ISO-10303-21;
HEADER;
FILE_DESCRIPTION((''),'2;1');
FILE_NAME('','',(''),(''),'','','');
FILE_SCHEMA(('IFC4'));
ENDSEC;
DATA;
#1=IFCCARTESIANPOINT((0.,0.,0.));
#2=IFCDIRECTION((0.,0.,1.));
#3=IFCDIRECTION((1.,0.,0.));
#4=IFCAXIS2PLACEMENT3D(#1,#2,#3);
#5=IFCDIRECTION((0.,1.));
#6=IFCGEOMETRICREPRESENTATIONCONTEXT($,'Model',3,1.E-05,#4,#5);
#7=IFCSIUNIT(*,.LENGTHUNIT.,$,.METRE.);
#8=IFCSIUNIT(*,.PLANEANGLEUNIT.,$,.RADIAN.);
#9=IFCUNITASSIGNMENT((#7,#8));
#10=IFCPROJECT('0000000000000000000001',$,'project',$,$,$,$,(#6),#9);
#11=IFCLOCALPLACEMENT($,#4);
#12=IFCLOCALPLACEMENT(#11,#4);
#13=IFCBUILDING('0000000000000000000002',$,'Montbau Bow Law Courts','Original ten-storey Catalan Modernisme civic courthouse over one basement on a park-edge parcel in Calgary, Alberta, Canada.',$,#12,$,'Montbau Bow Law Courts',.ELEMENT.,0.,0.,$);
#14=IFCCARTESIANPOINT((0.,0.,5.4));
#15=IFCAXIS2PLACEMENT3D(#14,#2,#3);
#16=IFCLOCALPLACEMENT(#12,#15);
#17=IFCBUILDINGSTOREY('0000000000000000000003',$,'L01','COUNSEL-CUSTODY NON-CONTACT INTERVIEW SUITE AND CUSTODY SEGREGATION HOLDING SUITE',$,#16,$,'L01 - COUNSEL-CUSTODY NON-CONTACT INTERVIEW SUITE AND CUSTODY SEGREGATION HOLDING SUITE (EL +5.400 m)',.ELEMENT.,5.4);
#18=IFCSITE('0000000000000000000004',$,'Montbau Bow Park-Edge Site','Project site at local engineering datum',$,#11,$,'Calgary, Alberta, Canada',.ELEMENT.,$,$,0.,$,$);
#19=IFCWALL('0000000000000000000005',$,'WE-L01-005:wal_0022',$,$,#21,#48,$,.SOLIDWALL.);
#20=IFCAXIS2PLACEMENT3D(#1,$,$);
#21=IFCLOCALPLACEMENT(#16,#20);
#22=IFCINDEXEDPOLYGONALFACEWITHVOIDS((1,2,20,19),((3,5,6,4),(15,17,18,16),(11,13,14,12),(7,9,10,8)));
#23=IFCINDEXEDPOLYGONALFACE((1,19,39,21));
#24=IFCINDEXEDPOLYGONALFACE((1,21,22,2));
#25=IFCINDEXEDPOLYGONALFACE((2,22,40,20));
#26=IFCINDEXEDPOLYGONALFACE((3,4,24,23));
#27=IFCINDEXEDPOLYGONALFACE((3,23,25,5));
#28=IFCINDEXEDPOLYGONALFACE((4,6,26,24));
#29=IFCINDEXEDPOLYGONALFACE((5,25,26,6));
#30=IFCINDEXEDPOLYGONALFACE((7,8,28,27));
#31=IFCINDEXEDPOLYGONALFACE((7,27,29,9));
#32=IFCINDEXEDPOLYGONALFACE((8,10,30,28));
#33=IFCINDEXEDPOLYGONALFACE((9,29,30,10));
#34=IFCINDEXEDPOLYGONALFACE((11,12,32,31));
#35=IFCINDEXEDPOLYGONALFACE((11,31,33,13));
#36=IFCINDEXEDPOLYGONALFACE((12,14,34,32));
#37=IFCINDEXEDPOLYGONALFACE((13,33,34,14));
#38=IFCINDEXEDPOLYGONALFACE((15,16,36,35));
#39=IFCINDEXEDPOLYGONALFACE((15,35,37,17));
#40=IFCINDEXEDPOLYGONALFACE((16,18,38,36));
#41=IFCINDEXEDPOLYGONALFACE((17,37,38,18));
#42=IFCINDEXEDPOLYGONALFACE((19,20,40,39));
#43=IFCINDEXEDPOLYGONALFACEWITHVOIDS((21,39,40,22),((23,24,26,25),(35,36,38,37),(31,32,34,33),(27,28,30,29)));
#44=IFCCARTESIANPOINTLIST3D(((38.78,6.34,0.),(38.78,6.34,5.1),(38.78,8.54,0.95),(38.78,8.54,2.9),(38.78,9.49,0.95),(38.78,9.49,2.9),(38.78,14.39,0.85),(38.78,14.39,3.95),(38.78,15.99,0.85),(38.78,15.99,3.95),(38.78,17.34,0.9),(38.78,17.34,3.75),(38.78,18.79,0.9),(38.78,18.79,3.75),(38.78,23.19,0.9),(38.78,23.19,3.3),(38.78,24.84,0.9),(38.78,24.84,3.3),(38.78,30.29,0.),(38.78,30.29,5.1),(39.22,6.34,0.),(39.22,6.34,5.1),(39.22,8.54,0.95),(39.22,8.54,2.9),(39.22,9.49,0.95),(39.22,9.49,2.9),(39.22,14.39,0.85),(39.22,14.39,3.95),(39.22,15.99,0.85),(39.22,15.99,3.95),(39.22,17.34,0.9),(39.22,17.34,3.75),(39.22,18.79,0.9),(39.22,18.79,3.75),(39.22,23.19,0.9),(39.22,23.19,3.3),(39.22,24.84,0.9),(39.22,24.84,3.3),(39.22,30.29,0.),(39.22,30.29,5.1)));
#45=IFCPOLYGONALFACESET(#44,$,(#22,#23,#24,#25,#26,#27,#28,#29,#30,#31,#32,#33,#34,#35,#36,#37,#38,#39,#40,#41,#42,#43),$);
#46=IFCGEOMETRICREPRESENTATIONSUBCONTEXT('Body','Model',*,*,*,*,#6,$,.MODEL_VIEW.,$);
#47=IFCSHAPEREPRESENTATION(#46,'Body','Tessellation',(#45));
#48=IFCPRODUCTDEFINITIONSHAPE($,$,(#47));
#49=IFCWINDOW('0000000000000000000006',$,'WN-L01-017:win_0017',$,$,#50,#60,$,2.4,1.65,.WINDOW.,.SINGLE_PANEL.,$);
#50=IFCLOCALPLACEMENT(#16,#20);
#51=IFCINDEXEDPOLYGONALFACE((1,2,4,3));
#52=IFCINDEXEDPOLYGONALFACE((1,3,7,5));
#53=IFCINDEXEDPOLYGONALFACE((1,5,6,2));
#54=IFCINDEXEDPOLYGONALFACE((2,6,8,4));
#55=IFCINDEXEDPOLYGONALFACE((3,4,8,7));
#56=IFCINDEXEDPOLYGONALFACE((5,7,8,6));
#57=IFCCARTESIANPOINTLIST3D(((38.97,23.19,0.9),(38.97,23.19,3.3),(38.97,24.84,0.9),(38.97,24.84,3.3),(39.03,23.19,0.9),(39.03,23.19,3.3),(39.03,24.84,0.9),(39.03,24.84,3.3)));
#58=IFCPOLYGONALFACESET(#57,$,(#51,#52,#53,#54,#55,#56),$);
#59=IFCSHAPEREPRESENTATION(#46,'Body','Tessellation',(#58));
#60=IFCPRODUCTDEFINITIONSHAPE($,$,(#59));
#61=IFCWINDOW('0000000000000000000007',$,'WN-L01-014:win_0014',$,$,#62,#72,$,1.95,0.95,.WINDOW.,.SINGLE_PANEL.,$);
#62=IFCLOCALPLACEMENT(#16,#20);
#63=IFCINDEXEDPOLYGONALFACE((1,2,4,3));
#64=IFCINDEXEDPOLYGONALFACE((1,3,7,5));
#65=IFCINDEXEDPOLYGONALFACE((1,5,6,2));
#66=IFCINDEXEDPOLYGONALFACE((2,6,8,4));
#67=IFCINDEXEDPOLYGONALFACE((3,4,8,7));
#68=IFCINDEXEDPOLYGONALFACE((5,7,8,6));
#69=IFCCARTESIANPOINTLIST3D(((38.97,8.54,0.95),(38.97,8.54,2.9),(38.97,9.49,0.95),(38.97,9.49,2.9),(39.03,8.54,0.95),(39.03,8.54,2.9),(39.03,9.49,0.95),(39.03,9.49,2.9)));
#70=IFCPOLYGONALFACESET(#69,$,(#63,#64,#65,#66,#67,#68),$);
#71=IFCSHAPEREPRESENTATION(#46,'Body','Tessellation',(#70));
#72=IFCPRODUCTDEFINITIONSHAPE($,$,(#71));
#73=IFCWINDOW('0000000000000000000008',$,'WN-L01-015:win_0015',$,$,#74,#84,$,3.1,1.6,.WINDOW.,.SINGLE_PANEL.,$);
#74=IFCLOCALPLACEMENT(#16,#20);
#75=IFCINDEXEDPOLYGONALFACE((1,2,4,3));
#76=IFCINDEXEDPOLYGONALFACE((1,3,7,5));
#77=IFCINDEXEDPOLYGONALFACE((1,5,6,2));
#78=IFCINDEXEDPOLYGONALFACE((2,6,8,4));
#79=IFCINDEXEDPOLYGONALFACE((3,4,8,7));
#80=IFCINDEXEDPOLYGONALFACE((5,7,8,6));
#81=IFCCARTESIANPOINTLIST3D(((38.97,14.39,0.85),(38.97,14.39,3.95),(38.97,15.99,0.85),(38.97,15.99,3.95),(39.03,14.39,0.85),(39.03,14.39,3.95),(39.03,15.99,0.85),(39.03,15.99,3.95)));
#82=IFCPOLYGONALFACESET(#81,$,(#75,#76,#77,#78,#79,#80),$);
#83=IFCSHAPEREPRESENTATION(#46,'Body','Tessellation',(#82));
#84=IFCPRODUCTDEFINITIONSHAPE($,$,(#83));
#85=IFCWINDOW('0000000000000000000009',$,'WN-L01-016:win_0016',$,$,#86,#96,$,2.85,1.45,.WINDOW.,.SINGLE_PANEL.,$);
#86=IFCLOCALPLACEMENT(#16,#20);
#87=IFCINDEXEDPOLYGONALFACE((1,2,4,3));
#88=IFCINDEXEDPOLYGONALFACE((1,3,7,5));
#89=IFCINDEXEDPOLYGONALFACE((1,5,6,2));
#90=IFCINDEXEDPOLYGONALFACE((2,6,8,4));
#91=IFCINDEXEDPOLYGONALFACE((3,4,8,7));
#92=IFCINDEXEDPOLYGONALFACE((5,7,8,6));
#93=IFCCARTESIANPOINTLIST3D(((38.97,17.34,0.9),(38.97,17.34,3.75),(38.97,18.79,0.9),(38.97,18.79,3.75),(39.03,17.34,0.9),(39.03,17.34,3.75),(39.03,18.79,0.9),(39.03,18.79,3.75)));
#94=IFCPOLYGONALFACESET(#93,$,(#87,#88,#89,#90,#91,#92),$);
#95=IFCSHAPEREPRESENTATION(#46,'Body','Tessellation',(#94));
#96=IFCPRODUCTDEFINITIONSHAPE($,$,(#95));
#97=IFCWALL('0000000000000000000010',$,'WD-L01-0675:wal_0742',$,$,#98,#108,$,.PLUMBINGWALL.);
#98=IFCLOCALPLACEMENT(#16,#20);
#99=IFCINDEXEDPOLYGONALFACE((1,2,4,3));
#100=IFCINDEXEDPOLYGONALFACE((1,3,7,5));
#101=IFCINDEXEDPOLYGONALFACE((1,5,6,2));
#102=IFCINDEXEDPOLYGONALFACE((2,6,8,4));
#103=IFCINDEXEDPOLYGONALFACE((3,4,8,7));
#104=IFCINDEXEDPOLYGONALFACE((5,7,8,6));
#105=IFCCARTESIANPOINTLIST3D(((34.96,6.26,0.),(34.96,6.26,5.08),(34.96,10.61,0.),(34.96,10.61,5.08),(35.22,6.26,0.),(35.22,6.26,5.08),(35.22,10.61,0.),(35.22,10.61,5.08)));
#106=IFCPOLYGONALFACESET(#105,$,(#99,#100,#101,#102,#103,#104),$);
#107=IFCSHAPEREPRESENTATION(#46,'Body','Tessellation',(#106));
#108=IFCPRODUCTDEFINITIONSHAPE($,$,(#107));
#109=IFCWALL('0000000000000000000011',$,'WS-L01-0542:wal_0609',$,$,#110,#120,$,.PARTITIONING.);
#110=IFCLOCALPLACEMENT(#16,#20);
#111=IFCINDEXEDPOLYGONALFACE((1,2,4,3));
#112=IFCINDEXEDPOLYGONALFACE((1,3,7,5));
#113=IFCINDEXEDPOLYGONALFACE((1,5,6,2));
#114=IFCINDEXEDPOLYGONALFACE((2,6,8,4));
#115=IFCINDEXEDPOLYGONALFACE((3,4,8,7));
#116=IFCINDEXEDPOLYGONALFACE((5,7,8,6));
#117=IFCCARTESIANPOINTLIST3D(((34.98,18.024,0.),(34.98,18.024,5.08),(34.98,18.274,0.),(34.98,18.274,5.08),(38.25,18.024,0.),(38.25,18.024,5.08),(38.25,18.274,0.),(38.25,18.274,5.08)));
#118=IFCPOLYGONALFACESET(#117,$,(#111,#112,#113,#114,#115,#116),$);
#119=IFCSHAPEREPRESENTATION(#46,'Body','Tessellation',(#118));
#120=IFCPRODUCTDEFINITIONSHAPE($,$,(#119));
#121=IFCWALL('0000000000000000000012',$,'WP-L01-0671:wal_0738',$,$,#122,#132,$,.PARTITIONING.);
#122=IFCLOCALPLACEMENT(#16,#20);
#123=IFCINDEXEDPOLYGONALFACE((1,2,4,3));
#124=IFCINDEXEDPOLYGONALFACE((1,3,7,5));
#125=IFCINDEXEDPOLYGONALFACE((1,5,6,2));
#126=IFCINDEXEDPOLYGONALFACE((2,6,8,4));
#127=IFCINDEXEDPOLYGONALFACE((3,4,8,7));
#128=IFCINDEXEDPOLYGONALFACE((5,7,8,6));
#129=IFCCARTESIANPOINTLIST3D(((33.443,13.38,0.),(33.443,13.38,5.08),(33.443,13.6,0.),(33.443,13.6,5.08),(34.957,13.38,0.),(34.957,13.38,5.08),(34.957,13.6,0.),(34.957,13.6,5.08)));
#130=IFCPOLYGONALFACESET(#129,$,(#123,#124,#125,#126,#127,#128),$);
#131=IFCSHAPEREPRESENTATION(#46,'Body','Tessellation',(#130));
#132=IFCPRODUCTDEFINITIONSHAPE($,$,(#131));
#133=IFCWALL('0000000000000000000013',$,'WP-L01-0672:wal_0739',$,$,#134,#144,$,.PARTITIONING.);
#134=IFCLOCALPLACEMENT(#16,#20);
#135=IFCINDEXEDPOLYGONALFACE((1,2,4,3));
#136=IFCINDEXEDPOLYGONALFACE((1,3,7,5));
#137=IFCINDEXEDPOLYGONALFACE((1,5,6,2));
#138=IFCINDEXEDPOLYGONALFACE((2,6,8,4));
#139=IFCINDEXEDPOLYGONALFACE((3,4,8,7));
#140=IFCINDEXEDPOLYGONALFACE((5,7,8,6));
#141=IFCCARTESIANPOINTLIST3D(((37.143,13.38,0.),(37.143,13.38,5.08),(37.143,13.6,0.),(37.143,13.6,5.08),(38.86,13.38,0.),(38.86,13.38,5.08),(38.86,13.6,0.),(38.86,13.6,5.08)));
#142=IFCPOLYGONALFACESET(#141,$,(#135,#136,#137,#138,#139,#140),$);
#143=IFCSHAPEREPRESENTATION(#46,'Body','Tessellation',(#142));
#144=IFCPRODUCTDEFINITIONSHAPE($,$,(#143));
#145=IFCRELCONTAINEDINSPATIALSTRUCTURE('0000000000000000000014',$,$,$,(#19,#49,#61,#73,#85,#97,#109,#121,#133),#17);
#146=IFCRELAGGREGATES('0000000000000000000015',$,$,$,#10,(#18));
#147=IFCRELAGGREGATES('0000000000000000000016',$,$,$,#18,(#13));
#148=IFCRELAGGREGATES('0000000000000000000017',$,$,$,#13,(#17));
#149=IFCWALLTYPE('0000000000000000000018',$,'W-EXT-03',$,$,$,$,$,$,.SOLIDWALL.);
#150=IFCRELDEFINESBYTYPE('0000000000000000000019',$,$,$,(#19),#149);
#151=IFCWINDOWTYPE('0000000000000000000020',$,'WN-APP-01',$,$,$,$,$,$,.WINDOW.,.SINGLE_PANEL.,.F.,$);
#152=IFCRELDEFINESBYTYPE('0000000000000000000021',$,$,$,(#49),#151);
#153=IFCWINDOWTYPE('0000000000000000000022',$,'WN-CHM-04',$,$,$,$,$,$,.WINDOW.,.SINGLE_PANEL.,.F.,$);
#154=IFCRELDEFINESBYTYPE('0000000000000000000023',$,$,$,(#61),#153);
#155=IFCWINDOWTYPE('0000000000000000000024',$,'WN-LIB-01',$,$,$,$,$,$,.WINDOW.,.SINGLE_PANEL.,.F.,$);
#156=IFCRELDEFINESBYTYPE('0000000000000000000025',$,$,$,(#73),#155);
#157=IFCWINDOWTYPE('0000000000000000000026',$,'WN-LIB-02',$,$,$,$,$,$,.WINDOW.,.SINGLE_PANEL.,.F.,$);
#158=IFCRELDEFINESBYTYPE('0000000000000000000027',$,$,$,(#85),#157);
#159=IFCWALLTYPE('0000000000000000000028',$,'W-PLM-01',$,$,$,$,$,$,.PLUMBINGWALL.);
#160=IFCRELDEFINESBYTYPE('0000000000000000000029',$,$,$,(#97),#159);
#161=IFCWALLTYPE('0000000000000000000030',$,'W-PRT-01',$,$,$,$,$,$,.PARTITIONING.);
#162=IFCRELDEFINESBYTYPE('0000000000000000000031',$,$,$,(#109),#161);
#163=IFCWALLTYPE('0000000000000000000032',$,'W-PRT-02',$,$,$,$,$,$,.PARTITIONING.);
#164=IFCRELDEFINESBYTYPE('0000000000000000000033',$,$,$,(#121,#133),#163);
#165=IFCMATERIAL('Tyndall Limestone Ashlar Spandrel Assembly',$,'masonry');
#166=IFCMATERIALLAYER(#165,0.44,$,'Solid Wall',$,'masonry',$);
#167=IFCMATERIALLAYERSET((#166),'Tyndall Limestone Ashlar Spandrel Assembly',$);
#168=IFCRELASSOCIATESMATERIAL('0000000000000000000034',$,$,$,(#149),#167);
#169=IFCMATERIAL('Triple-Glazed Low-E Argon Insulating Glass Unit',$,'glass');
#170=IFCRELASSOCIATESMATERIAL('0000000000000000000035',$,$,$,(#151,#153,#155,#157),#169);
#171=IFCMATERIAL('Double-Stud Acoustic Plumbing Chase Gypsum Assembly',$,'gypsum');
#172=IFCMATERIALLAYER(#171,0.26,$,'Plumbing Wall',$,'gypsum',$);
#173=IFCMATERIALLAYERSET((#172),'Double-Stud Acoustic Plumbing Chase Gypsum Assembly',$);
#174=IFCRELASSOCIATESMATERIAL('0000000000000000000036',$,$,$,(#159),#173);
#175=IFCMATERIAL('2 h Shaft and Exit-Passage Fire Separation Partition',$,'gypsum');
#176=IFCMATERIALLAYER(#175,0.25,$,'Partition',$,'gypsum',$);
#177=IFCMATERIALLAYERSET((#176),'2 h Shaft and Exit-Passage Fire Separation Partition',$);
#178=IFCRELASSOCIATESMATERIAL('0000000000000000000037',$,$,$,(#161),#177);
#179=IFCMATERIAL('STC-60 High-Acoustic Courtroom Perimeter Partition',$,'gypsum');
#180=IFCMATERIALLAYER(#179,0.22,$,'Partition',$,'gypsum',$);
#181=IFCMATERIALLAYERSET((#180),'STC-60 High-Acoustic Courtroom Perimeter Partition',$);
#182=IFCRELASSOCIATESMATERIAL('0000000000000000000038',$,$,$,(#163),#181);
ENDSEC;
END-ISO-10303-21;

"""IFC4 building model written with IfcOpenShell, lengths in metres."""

from ifc_helpers import new_model, si_unit, direction, frame, frame_2d, origin_with_axes, place, context, subcontext, project, spatial, rectangle, extrude, material, layer, layer_set, type_object, element, fill, save


model = new_model("IFC4")

# Units and contexts
model_context = context("Model", 3, precision=1e-05, world=origin_with_axes(), true_north=direction((0.0, 1.0)))
body_context = subcontext(model_context, "Body", "Model", "MODEL_VIEW")
ifc_project = project(units=[si_unit("LENGTHUNIT", "METRE"), si_unit("PLANEANGLEUNIT", "RADIAN")], contexts=[model_context])

# Site, building, storey
site_placement = place(None, origin_with_axes())
site = spatial("IfcSite", under=ifc_project, at=site_placement, Name="Montbau Bow Park-Edge Site", Description="Project site at local engineering datum", LongName="Calgary, Alberta, Canada", CompositionType="ELEMENT", RefElevation=0.0)
building_placement = place(site_placement, origin_with_axes())
building = spatial("IfcBuilding", under=site, at=building_placement, Name="Montbau Bow Law Courts", Description="Original ten-storey Catalan Modernisme civic courthouse over one basement on a park-edge parcel in Calgary, Alberta, Canada.", LongName="Montbau Bow Law Courts", CompositionType="ELEMENT", ElevationOfRefHeight=0.0, ElevationOfTerrain=0.0)
storey_placement = place(building_placement, frame((0.0, 0.0, 5.4), z_axis=(0.0, 0.0, 1.0), x_axis=(1.0, 0.0, 0.0)))
storey = spatial("IfcBuildingStorey", under=building, at=storey_placement, Name="L01", Description="COUNSEL-CUSTODY NON-CONTACT INTERVIEW SUITE AND CUSTODY SEGREGATION HOLDING SUITE", LongName="L01 - COUNSEL-CUSTODY NON-CONTACT INTERVIEW SUITE AND CUSTODY SEGREGATION HOLDING SUITE (EL +5.400 m)", CompositionType="ELEMENT", Elevation=5.4)

# Wall, openings, windows
ifc_material_1 = material(Name="Tyndall Limestone Ashlar Spandrel Assembly", Category="masonry")
ifc_layer_1 = layer(ifc_material_1, 0.44, Name="Solid Wall", Category="masonry")
ifc_layer_set_1 = layer_set([ifc_layer_1], Name="Tyndall Limestone Ashlar Spandrel Assembly")
wall_type_1 = type_object("IfcWallType", Name="W-EXT-03", PredefinedType="SOLIDWALL", material=ifc_layer_set_1)
wall_1_placement = place(None, frame((39.0, 6.34, 5.4), z_axis=(0.0, 0.0, 1.0), x_axis=(0.0, 1.0, 0.0)))
wall_1 = element("IfcWall", 1, at=wall_1_placement, inside=storey, type_object=wall_type_1, Name="WE-L01-005:wal_0022", PredefinedType="SOLIDWALL", context=body_context, shape_type="SweptSolid", body=[
    extrude(rectangle(XDim=23.95, YDim=0.44, at=frame_2d((11.975, 0.0), x_axis=(1.0, 0.0))), origin_with_axes(), (0.0, 0.0, 1.0), 5.1),
])
opening_1_placement = place(None, frame((39.0, 9.015, 6.35), z_axis=(0.0, 0.0, 1.0), x_axis=(0.0, 1.0, 0.0)))
opening_1 = element("IfcOpeningElement", 2, at=opening_1_placement, cuts=wall_1, PredefinedType="OPENING", context=body_context, shape_type="SweptSolid", body=[
    extrude(rectangle(XDim=0.95, YDim=1.95, at=frame_2d((0.0, 0.975), x_axis=(1.0, 0.0))), frame((0.0, 0.23, 0.0), z_axis=(0.0, -1.0, 0.0), x_axis=(1.0, 0.0, 0.0)), (0.0, 0.0, 1.0), 0.46),
])
opening_2_placement = place(None, frame((39.0, 15.19, 6.25), z_axis=(0.0, 0.0, 1.0), x_axis=(0.0, 1.0, 0.0)))
opening_2 = element("IfcOpeningElement", 3, at=opening_2_placement, cuts=wall_1, PredefinedType="OPENING", context=body_context, shape_type="SweptSolid", body=[
    extrude(rectangle(XDim=1.6, YDim=3.1, at=frame_2d((0.0, 1.55), x_axis=(1.0, 0.0))), frame((0.0, 0.23, 0.0), z_axis=(0.0, -1.0, 0.0), x_axis=(1.0, 0.0, 0.0)), (0.0, 0.0, 1.0), 0.46),
])
opening_3_placement = place(None, frame((39.0, 18.065, 6.3), z_axis=(0.0, 0.0, 1.0), x_axis=(0.0, 1.0, 0.0)))
opening_3 = element("IfcOpeningElement", 4, at=opening_3_placement, cuts=wall_1, PredefinedType="OPENING", context=body_context, shape_type="SweptSolid", body=[
    extrude(rectangle(XDim=1.45, YDim=2.85, at=frame_2d((0.0, 1.425), x_axis=(1.0, 0.0))), frame((0.0, 0.23, 0.0), z_axis=(0.0, -1.0, 0.0), x_axis=(1.0, 0.0, 0.0)), (0.0, 0.0, 1.0), 0.46),
])
opening_4_placement = place(None, frame((39.0, 24.015, 6.3), z_axis=(0.0, 0.0, 1.0), x_axis=(0.0, 1.0, 0.0)))
opening_4 = element("IfcOpeningElement", 5, at=opening_4_placement, cuts=wall_1, PredefinedType="OPENING", context=body_context, shape_type="SweptSolid", body=[
    extrude(rectangle(XDim=1.65, YDim=2.4, at=frame_2d((0.0, 1.2), x_axis=(1.0, 0.0))), frame((0.0, 0.23, 0.0), z_axis=(0.0, -1.0, 0.0), x_axis=(1.0, 0.0, 0.0)), (0.0, 0.0, 1.0), 0.46),
])
ifc_material_2 = material(Name="Triple-Glazed Low-E Argon Insulating Glass Unit", Category="glass")
window_type_1 = type_object("IfcWindowType", Name="WN-APP-01", ParameterTakesPrecedence=False, PartitioningType="SINGLE_PANEL", PredefinedType="WINDOW", material=ifc_material_2)
window_1_placement = place(None, frame((39.0, 24.015, 6.3), z_axis=(0.0, 0.0, 1.0), x_axis=(0.0, 1.0, 0.0)))
window_1 = element("IfcWindow", 6, at=window_1_placement, inside=storey, type_object=window_type_1, Name="WN-L01-017:win_0017", OverallHeight=2.4, OverallWidth=1.65, PartitioningType="SINGLE_PANEL", PredefinedType="WINDOW", context=body_context, shape_type="SweptSolid", body=[
    extrude(rectangle(XDim=1.65, YDim=2.4, at=frame_2d((0.0, 1.2), x_axis=(1.0, 0.0))), frame((0.0, 0.03, 0.0), z_axis=(0.0, -1.0, 0.0), x_axis=(1.0, 0.0, 0.0)), (0.0, 0.0, 1.0), 0.06),
])
fill(opening_4, window_1)
window_type_2 = type_object("IfcWindowType", Name="WN-CHM-04", ParameterTakesPrecedence=False, PartitioningType="SINGLE_PANEL", PredefinedType="WINDOW", material=ifc_material_2)
window_2_placement = place(None, frame((39.0, 9.015, 6.35), z_axis=(0.0, 0.0, 1.0), x_axis=(0.0, 1.0, 0.0)))
window_2 = element("IfcWindow", 7, at=window_2_placement, inside=storey, type_object=window_type_2, Name="WN-L01-014:win_0014", OverallHeight=1.95, OverallWidth=0.95, PartitioningType="SINGLE_PANEL", PredefinedType="WINDOW", context=body_context, shape_type="SweptSolid", body=[
    extrude(rectangle(XDim=0.95, YDim=1.95, at=frame_2d((0.0, 0.975), x_axis=(1.0, 0.0))), frame((0.0, 0.03, 0.0), z_axis=(0.0, -1.0, 0.0), x_axis=(1.0, 0.0, 0.0)), (0.0, 0.0, 1.0), 0.06),
])
fill(opening_1, window_2)
window_type_3 = type_object("IfcWindowType", Name="WN-LIB-01", ParameterTakesPrecedence=False, PartitioningType="SINGLE_PANEL", PredefinedType="WINDOW", material=ifc_material_2)
window_3_placement = place(None, frame((39.0, 15.19, 6.25), z_axis=(0.0, 0.0, 1.0), x_axis=(0.0, 1.0, 0.0)))
window_3 = element("IfcWindow", 8, at=window_3_placement, inside=storey, type_object=window_type_3, Name="WN-L01-015:win_0015", OverallHeight=3.1, OverallWidth=1.6, PartitioningType="SINGLE_PANEL", PredefinedType="WINDOW", context=body_context, shape_type="SweptSolid", body=[
    extrude(rectangle(XDim=1.6, YDim=3.1, at=frame_2d((0.0, 1.55), x_axis=(1.0, 0.0))), frame((0.0, 0.03, 0.0), z_axis=(0.0, -1.0, 0.0), x_axis=(1.0, 0.0, 0.0)), (0.0, 0.0, 1.0), 0.06),
])
fill(opening_2, window_3)
window_type_4 = type_object("IfcWindowType", Name="WN-LIB-02", ParameterTakesPrecedence=False, PartitioningType="SINGLE_PANEL", PredefinedType="WINDOW", material=ifc_material_2)
window_4_placement = place(None, frame((39.0, 18.065, 6.3), z_axis=(0.0, 0.0, 1.0), x_axis=(0.0, 1.0, 0.0)))
window_4 = element("IfcWindow", 9, at=window_4_placement, inside=storey, type_object=window_type_4, Name="WN-L01-016:win_0016", OverallHeight=2.85, OverallWidth=1.45, PartitioningType="SINGLE_PANEL", PredefinedType="WINDOW", context=body_context, shape_type="SweptSolid", body=[
    extrude(rectangle(XDim=1.45, YDim=2.85, at=frame_2d((0.0, 1.425), x_axis=(1.0, 0.0))), frame((0.0, 0.03, 0.0), z_axis=(0.0, -1.0, 0.0), x_axis=(1.0, 0.0, 0.0)), (0.0, 0.0, 1.0), 0.06),
])
fill(opening_3, window_4)

# Walls
ifc_material_3 = material(Name="Double-Stud Acoustic Plumbing Chase Gypsum Assembly", Category="gypsum")
ifc_layer_2 = layer(ifc_material_3, 0.26, Name="Plumbing Wall", Category="gypsum")
ifc_layer_set_2 = layer_set([ifc_layer_2], Name="Double-Stud Acoustic Plumbing Chase Gypsum Assembly")
wall_type_2 = type_object("IfcWallType", Name="W-PLM-01", PredefinedType="PLUMBINGWALL", material=ifc_layer_set_2)
wall_2_placement = place(None, frame((35.09, 6.26, 5.4), z_axis=(0.0, 0.0, 1.0), x_axis=(0.0, 1.0, 0.0)))
element("IfcWall", 10, at=wall_2_placement, inside=storey, type_object=wall_type_2, Name="WD-L01-0675:wal_0742", PredefinedType="PLUMBINGWALL", context=body_context, shape_type="SweptSolid", body=[
    extrude(rectangle(XDim=4.35, YDim=0.26, at=frame_2d((2.175, 0.0), x_axis=(1.0, 0.0))), origin_with_axes(), (0.0, 0.0, 1.0), 5.08),
])
ifc_material_4 = material(Name="2 h Shaft and Exit-Passage Fire Separation Partition", Category="gypsum")
ifc_layer_3 = layer(ifc_material_4, 0.25, Name="Partition", Category="gypsum")
ifc_layer_set_3 = layer_set([ifc_layer_3], Name="2 h Shaft and Exit-Passage Fire Separation Partition")
wall_type_3 = type_object("IfcWallType", Name="W-PRT-01", PredefinedType="PARTITIONING", material=ifc_layer_set_3)
wall_3_placement = place(None, frame((34.98, 18.149, 5.4), z_axis=(0.0, 0.0, 1.0), x_axis=(1.0, 0.0, 0.0)))
element("IfcWall", 11, at=wall_3_placement, inside=storey, type_object=wall_type_3, Name="WS-L01-0542:wal_0609", PredefinedType="PARTITIONING", context=body_context, shape_type="SweptSolid", body=[
    extrude(rectangle(XDim=3.27, YDim=0.25, at=frame_2d((1.635, 0.0), x_axis=(1.0, 0.0))), origin_with_axes(), (0.0, 0.0, 1.0), 5.08),
])
ifc_material_5 = material(Name="STC-60 High-Acoustic Courtroom Perimeter Partition", Category="gypsum")
ifc_layer_4 = layer(ifc_material_5, 0.22, Name="Partition", Category="gypsum")
ifc_layer_set_4 = layer_set([ifc_layer_4], Name="STC-60 High-Acoustic Courtroom Perimeter Partition")
wall_type_4 = type_object("IfcWallType", Name="W-PRT-02", PredefinedType="PARTITIONING", material=ifc_layer_set_4)
wall_4_placement = place(None, frame((33.443, 13.49, 5.4), z_axis=(0.0, 0.0, 1.0), x_axis=(1.0, 0.0, 0.0)))
element("IfcWall", 12, at=wall_4_placement, inside=storey, type_object=wall_type_4, Name="WP-L01-0671:wal_0738", PredefinedType="PARTITIONING", context=body_context, shape_type="SweptSolid", body=[
    extrude(rectangle(XDim=1.514, YDim=0.22, at=frame_2d((0.757, 0.0), x_axis=(1.0, 0.0))), origin_with_axes(), (0.0, 0.0, 1.0), 5.08),
])
wall_5_placement = place(None, frame((37.143, 13.49, 5.4), z_axis=(0.0, 0.0, 1.0), x_axis=(1.0, 0.0, 0.0)))
element("IfcWall", 13, at=wall_5_placement, inside=storey, type_object=wall_type_4, Name="WP-L01-0672:wal_0739", PredefinedType="PARTITIONING", context=body_context, shape_type="SweptSolid", body=[
    extrude(rectangle(XDim=1.717, YDim=0.22, at=frame_2d((0.8585, 0.0), x_axis=(1.0, 0.0))), origin_with_axes(), (0.0, 0.0, 1.0), 5.08),
])

save(model, "model.ifc")
